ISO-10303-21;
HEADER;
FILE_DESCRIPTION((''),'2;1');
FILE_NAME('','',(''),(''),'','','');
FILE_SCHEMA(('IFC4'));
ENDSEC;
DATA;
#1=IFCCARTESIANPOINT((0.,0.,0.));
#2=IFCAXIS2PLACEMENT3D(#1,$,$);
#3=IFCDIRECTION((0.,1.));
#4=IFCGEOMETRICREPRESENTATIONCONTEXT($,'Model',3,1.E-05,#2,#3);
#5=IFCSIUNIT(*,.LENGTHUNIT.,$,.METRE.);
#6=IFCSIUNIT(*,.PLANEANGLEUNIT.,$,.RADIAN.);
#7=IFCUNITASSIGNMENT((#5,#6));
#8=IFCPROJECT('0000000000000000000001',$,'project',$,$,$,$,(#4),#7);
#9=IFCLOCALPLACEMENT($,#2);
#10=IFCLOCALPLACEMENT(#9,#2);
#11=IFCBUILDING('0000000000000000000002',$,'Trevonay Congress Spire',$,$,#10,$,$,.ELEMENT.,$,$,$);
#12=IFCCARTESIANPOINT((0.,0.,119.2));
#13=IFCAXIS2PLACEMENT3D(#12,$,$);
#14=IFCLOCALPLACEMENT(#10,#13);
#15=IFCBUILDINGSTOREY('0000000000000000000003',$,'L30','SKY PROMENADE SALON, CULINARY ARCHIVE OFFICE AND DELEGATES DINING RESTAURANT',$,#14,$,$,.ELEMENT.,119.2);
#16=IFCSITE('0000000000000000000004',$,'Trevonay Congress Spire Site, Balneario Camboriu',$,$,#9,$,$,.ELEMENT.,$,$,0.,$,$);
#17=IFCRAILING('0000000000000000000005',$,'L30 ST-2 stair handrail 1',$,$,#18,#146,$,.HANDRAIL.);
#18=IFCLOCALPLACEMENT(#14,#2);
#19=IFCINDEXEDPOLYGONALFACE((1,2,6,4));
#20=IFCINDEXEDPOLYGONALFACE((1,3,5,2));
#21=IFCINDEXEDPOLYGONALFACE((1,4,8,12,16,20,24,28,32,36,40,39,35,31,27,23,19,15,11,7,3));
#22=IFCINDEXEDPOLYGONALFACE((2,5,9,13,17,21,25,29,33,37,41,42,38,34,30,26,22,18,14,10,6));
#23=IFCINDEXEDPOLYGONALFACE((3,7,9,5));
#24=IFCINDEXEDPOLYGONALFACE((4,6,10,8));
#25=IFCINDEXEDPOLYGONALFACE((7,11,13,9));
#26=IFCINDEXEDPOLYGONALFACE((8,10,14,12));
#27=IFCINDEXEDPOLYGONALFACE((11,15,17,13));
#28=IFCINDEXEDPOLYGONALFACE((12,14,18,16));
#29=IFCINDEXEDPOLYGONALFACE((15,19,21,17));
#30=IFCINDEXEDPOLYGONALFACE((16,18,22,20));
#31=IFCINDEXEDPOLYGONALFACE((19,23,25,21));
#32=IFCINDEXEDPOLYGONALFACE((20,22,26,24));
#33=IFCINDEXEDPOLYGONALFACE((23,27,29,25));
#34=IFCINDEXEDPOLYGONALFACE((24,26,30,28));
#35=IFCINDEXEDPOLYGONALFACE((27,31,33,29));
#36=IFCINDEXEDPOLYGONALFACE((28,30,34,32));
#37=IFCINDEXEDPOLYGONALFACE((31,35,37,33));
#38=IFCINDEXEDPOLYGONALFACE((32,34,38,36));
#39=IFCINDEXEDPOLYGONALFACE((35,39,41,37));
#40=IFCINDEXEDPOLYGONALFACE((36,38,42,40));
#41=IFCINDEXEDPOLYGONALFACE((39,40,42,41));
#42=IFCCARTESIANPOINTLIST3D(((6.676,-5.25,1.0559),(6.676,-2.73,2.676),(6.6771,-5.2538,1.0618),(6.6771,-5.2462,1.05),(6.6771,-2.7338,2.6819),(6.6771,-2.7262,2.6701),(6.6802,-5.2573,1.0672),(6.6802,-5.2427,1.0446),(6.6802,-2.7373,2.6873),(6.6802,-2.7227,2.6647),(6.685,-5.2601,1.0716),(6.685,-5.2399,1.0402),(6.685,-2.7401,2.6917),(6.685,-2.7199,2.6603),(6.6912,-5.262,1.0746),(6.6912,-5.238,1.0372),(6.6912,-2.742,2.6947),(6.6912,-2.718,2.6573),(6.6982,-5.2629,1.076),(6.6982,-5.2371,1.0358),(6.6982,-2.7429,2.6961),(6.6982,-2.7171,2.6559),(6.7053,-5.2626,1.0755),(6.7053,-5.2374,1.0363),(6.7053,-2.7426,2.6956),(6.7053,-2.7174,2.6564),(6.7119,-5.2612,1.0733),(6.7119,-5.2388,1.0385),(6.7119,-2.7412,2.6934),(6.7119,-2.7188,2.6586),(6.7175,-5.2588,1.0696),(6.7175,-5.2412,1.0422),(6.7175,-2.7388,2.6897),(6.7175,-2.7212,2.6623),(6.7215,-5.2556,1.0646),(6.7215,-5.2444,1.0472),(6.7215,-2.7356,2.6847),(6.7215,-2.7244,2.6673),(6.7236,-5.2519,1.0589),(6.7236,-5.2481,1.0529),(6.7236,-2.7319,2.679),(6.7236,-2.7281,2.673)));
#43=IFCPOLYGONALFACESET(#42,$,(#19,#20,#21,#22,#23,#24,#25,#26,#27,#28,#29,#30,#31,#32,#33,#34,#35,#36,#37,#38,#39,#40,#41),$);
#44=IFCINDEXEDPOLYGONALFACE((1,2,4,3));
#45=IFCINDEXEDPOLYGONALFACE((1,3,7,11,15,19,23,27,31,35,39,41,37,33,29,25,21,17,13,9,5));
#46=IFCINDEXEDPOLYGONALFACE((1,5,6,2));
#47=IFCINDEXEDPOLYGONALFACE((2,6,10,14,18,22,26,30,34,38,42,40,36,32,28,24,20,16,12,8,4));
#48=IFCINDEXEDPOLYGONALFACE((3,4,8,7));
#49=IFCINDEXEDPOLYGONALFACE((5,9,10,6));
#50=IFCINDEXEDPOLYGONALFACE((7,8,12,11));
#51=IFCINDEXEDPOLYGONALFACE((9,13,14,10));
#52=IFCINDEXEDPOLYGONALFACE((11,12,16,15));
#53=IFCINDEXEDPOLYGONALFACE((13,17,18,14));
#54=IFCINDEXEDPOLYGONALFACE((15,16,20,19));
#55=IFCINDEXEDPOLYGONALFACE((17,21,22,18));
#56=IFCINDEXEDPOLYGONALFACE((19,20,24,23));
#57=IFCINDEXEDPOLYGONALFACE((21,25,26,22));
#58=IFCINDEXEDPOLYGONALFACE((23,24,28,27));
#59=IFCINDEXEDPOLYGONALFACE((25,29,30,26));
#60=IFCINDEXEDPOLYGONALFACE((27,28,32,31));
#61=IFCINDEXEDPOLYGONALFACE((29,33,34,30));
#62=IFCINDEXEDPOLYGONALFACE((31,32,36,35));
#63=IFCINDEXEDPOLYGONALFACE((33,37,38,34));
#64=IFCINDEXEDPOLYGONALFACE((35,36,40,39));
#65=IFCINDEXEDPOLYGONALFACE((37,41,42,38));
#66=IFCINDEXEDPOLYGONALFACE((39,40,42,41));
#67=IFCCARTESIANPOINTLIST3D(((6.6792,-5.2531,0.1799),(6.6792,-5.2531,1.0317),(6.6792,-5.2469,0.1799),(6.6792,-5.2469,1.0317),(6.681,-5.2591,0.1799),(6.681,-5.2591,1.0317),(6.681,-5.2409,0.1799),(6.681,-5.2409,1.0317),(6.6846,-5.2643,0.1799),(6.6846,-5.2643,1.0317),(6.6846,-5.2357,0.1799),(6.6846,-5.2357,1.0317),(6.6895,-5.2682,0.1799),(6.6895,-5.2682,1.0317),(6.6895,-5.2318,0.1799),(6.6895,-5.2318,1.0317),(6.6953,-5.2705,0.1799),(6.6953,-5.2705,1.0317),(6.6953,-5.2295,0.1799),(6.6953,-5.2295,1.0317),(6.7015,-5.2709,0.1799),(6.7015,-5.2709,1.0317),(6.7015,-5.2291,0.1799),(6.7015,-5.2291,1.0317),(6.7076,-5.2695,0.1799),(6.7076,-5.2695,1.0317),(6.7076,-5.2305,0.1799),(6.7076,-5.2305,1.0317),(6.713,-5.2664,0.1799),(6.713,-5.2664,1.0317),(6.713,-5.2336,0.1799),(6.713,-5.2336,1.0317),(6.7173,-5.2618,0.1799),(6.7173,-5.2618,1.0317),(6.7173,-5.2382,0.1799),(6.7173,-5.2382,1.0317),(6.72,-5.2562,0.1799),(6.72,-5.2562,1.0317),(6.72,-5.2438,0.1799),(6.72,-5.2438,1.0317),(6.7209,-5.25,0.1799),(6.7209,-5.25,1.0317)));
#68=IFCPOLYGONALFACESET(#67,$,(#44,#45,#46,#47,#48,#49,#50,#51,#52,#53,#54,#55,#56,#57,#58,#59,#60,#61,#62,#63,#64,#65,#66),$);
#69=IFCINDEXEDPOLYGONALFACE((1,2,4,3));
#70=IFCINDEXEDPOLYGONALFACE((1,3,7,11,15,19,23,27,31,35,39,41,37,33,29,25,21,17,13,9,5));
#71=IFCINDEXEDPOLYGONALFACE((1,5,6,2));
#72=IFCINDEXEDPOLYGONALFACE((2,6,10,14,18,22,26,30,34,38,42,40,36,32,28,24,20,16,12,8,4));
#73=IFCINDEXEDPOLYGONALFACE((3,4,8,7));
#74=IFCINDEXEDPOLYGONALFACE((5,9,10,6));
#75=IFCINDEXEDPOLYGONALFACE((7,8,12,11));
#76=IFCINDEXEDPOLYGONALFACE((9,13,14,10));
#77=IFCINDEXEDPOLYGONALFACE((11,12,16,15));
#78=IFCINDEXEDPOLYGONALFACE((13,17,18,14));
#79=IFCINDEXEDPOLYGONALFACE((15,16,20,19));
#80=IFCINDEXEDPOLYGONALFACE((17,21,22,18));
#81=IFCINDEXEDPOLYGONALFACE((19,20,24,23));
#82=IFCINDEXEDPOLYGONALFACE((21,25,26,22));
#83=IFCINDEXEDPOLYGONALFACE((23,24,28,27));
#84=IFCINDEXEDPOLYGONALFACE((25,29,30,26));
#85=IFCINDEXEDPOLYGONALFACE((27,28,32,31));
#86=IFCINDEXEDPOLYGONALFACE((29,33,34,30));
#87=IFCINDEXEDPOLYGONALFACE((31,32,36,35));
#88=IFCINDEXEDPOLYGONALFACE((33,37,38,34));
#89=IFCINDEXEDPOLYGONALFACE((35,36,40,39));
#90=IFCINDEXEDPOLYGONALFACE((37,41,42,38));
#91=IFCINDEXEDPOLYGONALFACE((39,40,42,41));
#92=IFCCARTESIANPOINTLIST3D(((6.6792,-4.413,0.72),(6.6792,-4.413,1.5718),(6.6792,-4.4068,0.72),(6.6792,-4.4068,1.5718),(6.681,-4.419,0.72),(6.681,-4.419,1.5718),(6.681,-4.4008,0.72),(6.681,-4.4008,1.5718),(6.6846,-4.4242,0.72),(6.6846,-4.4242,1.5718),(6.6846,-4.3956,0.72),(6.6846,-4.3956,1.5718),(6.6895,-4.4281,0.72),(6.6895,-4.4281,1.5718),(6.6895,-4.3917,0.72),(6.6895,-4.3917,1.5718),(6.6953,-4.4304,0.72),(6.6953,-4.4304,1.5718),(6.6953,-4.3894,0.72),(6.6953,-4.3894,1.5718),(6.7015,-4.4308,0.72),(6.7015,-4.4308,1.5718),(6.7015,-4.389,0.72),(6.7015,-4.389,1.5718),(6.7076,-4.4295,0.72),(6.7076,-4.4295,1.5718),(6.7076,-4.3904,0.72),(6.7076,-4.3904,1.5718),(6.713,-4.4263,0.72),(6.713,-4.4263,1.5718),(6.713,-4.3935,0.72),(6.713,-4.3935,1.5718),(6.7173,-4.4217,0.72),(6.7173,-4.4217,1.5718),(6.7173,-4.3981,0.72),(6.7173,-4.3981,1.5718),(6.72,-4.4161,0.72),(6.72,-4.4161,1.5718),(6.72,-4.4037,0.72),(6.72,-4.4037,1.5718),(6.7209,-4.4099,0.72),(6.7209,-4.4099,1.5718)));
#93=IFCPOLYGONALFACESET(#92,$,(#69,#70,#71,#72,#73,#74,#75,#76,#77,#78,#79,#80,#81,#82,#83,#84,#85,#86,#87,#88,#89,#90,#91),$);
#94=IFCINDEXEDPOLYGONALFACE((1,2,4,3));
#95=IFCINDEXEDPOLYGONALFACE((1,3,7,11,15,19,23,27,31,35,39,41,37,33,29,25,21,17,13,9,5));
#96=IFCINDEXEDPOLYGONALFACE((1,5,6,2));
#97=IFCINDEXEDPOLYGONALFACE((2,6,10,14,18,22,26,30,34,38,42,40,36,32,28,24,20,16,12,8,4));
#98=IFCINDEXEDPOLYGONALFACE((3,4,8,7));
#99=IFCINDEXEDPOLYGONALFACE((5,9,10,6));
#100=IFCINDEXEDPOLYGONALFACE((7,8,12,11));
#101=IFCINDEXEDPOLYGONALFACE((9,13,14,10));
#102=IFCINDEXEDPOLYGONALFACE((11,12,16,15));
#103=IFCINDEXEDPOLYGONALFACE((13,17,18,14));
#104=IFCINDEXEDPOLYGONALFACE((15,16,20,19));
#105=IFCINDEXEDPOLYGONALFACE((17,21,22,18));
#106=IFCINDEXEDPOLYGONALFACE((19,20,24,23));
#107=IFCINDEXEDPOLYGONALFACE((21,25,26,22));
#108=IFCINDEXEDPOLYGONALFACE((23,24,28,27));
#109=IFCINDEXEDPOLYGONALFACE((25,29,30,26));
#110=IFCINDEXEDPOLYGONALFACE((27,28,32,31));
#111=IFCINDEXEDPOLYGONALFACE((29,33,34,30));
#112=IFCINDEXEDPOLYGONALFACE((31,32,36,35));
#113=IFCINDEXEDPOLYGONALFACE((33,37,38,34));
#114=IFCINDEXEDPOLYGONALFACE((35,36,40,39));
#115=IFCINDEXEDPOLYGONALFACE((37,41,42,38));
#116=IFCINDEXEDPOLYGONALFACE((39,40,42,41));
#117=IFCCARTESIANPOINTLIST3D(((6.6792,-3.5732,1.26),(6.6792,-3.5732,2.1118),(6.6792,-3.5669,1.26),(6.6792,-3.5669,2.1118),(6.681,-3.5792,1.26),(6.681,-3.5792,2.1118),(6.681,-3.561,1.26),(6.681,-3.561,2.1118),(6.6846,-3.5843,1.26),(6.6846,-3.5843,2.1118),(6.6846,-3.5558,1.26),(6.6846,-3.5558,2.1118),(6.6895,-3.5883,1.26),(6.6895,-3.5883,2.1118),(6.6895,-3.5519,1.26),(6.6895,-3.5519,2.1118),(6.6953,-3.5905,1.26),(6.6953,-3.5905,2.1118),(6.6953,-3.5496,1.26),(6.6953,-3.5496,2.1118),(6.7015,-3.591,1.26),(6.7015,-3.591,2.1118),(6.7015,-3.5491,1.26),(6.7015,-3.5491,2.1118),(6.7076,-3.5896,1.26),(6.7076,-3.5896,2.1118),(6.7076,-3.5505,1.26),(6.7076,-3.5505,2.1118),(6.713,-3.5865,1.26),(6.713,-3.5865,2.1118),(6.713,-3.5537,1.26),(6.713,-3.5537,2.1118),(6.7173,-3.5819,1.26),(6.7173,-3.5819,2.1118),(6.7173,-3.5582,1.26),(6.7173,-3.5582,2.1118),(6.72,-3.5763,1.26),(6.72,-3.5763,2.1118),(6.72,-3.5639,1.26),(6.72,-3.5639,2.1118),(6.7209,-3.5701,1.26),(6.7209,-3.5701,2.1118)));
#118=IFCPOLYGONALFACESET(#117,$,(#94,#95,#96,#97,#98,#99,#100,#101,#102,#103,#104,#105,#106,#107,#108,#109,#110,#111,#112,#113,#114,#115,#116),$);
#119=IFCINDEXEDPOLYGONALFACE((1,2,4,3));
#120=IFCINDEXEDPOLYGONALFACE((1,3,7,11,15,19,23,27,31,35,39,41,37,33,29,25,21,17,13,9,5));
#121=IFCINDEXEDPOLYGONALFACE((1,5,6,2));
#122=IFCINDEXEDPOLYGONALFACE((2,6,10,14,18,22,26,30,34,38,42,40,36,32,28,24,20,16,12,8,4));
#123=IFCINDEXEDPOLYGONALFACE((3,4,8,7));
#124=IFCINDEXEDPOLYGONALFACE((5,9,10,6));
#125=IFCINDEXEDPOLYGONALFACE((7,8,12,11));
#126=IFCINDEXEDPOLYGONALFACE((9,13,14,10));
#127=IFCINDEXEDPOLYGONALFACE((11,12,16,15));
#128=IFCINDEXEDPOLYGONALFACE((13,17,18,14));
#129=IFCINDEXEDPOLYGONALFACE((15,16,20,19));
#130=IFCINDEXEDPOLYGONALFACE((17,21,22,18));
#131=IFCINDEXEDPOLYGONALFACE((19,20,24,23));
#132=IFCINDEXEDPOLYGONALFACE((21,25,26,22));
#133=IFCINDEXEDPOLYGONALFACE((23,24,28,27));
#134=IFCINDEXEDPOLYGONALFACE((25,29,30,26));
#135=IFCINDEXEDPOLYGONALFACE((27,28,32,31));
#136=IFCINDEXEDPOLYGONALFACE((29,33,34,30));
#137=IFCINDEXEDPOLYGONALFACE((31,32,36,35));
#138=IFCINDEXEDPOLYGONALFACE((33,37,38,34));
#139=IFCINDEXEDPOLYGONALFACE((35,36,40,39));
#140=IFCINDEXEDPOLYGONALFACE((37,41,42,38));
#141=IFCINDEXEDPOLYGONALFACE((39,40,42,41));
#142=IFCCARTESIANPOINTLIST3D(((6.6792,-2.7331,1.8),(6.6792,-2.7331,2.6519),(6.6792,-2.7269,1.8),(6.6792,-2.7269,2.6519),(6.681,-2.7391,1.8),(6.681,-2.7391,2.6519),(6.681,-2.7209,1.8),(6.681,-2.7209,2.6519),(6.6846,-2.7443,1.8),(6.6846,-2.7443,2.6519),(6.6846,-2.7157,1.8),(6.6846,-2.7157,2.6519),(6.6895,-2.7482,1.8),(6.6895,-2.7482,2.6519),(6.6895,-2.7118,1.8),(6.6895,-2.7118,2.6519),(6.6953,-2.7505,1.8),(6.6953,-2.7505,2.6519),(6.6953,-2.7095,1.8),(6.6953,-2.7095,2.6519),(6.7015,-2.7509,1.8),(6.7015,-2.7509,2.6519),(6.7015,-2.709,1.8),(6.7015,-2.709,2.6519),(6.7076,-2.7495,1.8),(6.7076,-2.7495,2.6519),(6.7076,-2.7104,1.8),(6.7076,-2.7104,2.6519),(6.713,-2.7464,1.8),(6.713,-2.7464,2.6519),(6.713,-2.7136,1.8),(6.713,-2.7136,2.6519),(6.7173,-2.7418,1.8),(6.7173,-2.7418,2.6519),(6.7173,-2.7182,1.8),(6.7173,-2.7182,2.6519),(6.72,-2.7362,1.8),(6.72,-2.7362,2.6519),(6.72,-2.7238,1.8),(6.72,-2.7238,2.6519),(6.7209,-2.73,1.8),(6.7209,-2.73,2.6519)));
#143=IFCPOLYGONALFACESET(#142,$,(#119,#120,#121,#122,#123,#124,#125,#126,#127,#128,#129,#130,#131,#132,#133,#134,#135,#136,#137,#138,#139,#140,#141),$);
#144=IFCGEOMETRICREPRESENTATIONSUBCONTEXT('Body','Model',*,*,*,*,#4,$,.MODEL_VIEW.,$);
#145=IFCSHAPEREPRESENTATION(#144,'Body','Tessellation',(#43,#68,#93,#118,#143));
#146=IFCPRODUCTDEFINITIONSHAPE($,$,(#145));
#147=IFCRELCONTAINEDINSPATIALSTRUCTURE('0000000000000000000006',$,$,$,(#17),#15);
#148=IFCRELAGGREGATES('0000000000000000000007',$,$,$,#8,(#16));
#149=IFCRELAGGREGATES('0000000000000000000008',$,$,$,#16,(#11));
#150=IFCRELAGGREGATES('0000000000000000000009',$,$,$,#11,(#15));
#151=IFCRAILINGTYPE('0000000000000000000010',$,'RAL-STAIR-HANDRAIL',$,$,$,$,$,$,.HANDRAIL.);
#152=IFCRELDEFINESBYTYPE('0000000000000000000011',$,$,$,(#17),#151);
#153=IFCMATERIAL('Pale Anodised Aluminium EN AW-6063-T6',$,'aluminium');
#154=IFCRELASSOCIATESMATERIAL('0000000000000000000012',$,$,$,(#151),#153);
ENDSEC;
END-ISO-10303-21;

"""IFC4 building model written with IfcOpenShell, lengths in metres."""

from ifc_helpers import new_model, si_unit, direction, frame, origin, origin_2d, place, context, subcontext, project, spatial, circle, extrude, material, type_object, element, save


model = new_model("IFC4")

# Units and contexts
model_context = context("Model", 3, precision=1e-05, world=origin(), true_north=direction((0.0, 1.0)))
body_context = subcontext(model_context, "Body", "Model", "MODEL_VIEW")
ifc_project = project(units=[si_unit("LENGTHUNIT", "METRE"), si_unit("PLANEANGLEUNIT", "RADIAN")], contexts=[model_context])

# Site, building, storey
site_placement = place(None, origin())
site = spatial("IfcSite", under=ifc_project, at=site_placement, Name="Trevonay Congress Spire Site, Balneario Camboriu", CompositionType="ELEMENT", RefElevation=0.0)
building_placement = place(site_placement, origin())
building = spatial("IfcBuilding", under=site, at=building_placement, Name="Trevonay Congress Spire", CompositionType="ELEMENT")
storey_placement = place(building_placement, frame((0.0, 0.0, 119.2)))
storey = spatial("IfcBuildingStorey", under=building, at=storey_placement, Name="L30", Description="SKY PROMENADE SALON, CULINARY ARCHIVE OFFICE AND DELEGATES DINING RESTAURANT", CompositionType="ELEMENT", Elevation=119.2)

# Shared definitions
ifc_material_1 = material(Name="Pale Anodised Aluminium EN AW-6063-T6", Category="aluminium")

# Railing
railing_type_1 = type_object("IfcRailingType", Name="RAL-STAIR-HANDRAIL", PredefinedType="HANDRAIL", material=ifc_material_1)
railing_1_placement = place(storey_placement, frame((6.7, -5.25, 0.1799)))
element("IfcRailing", 1, at=railing_1_placement, inside=storey, type_object=railing_type_1, Name="L30 ST-2 stair handrail 1", PredefinedType="HANDRAIL", context=body_context, shape_type="SweptSolid", body=[
    extrude(circle(Radius=0.0239, at=origin_2d()), frame((0.0, 0.0, 0.876), z_axis=(0.0, 0.841163, 0.540782), x_axis=(-1.0, 0.0, 0.0)), (0.0, 0.0, 1.0), 2.9958),
    extrude(circle(Radius=0.021, at=origin_2d()), origin(), (0.0, 0.0, 1.0), 0.8518),
    extrude(circle(Radius=0.021, at=origin_2d()), frame((0.0, 0.8401, 0.54)), (0.0, 0.0, 1.0), 0.8518),
    extrude(circle(Radius=0.021, at=origin_2d()), frame((0.0, 1.6799, 1.0801)), (0.0, 0.0, 1.0), 0.8518),
    extrude(circle(Radius=0.021, at=origin_2d()), frame((0.0, 2.52, 1.6201)), (0.0, 0.0, 1.0), 0.8518),
])

save(model, "model.ifc")
